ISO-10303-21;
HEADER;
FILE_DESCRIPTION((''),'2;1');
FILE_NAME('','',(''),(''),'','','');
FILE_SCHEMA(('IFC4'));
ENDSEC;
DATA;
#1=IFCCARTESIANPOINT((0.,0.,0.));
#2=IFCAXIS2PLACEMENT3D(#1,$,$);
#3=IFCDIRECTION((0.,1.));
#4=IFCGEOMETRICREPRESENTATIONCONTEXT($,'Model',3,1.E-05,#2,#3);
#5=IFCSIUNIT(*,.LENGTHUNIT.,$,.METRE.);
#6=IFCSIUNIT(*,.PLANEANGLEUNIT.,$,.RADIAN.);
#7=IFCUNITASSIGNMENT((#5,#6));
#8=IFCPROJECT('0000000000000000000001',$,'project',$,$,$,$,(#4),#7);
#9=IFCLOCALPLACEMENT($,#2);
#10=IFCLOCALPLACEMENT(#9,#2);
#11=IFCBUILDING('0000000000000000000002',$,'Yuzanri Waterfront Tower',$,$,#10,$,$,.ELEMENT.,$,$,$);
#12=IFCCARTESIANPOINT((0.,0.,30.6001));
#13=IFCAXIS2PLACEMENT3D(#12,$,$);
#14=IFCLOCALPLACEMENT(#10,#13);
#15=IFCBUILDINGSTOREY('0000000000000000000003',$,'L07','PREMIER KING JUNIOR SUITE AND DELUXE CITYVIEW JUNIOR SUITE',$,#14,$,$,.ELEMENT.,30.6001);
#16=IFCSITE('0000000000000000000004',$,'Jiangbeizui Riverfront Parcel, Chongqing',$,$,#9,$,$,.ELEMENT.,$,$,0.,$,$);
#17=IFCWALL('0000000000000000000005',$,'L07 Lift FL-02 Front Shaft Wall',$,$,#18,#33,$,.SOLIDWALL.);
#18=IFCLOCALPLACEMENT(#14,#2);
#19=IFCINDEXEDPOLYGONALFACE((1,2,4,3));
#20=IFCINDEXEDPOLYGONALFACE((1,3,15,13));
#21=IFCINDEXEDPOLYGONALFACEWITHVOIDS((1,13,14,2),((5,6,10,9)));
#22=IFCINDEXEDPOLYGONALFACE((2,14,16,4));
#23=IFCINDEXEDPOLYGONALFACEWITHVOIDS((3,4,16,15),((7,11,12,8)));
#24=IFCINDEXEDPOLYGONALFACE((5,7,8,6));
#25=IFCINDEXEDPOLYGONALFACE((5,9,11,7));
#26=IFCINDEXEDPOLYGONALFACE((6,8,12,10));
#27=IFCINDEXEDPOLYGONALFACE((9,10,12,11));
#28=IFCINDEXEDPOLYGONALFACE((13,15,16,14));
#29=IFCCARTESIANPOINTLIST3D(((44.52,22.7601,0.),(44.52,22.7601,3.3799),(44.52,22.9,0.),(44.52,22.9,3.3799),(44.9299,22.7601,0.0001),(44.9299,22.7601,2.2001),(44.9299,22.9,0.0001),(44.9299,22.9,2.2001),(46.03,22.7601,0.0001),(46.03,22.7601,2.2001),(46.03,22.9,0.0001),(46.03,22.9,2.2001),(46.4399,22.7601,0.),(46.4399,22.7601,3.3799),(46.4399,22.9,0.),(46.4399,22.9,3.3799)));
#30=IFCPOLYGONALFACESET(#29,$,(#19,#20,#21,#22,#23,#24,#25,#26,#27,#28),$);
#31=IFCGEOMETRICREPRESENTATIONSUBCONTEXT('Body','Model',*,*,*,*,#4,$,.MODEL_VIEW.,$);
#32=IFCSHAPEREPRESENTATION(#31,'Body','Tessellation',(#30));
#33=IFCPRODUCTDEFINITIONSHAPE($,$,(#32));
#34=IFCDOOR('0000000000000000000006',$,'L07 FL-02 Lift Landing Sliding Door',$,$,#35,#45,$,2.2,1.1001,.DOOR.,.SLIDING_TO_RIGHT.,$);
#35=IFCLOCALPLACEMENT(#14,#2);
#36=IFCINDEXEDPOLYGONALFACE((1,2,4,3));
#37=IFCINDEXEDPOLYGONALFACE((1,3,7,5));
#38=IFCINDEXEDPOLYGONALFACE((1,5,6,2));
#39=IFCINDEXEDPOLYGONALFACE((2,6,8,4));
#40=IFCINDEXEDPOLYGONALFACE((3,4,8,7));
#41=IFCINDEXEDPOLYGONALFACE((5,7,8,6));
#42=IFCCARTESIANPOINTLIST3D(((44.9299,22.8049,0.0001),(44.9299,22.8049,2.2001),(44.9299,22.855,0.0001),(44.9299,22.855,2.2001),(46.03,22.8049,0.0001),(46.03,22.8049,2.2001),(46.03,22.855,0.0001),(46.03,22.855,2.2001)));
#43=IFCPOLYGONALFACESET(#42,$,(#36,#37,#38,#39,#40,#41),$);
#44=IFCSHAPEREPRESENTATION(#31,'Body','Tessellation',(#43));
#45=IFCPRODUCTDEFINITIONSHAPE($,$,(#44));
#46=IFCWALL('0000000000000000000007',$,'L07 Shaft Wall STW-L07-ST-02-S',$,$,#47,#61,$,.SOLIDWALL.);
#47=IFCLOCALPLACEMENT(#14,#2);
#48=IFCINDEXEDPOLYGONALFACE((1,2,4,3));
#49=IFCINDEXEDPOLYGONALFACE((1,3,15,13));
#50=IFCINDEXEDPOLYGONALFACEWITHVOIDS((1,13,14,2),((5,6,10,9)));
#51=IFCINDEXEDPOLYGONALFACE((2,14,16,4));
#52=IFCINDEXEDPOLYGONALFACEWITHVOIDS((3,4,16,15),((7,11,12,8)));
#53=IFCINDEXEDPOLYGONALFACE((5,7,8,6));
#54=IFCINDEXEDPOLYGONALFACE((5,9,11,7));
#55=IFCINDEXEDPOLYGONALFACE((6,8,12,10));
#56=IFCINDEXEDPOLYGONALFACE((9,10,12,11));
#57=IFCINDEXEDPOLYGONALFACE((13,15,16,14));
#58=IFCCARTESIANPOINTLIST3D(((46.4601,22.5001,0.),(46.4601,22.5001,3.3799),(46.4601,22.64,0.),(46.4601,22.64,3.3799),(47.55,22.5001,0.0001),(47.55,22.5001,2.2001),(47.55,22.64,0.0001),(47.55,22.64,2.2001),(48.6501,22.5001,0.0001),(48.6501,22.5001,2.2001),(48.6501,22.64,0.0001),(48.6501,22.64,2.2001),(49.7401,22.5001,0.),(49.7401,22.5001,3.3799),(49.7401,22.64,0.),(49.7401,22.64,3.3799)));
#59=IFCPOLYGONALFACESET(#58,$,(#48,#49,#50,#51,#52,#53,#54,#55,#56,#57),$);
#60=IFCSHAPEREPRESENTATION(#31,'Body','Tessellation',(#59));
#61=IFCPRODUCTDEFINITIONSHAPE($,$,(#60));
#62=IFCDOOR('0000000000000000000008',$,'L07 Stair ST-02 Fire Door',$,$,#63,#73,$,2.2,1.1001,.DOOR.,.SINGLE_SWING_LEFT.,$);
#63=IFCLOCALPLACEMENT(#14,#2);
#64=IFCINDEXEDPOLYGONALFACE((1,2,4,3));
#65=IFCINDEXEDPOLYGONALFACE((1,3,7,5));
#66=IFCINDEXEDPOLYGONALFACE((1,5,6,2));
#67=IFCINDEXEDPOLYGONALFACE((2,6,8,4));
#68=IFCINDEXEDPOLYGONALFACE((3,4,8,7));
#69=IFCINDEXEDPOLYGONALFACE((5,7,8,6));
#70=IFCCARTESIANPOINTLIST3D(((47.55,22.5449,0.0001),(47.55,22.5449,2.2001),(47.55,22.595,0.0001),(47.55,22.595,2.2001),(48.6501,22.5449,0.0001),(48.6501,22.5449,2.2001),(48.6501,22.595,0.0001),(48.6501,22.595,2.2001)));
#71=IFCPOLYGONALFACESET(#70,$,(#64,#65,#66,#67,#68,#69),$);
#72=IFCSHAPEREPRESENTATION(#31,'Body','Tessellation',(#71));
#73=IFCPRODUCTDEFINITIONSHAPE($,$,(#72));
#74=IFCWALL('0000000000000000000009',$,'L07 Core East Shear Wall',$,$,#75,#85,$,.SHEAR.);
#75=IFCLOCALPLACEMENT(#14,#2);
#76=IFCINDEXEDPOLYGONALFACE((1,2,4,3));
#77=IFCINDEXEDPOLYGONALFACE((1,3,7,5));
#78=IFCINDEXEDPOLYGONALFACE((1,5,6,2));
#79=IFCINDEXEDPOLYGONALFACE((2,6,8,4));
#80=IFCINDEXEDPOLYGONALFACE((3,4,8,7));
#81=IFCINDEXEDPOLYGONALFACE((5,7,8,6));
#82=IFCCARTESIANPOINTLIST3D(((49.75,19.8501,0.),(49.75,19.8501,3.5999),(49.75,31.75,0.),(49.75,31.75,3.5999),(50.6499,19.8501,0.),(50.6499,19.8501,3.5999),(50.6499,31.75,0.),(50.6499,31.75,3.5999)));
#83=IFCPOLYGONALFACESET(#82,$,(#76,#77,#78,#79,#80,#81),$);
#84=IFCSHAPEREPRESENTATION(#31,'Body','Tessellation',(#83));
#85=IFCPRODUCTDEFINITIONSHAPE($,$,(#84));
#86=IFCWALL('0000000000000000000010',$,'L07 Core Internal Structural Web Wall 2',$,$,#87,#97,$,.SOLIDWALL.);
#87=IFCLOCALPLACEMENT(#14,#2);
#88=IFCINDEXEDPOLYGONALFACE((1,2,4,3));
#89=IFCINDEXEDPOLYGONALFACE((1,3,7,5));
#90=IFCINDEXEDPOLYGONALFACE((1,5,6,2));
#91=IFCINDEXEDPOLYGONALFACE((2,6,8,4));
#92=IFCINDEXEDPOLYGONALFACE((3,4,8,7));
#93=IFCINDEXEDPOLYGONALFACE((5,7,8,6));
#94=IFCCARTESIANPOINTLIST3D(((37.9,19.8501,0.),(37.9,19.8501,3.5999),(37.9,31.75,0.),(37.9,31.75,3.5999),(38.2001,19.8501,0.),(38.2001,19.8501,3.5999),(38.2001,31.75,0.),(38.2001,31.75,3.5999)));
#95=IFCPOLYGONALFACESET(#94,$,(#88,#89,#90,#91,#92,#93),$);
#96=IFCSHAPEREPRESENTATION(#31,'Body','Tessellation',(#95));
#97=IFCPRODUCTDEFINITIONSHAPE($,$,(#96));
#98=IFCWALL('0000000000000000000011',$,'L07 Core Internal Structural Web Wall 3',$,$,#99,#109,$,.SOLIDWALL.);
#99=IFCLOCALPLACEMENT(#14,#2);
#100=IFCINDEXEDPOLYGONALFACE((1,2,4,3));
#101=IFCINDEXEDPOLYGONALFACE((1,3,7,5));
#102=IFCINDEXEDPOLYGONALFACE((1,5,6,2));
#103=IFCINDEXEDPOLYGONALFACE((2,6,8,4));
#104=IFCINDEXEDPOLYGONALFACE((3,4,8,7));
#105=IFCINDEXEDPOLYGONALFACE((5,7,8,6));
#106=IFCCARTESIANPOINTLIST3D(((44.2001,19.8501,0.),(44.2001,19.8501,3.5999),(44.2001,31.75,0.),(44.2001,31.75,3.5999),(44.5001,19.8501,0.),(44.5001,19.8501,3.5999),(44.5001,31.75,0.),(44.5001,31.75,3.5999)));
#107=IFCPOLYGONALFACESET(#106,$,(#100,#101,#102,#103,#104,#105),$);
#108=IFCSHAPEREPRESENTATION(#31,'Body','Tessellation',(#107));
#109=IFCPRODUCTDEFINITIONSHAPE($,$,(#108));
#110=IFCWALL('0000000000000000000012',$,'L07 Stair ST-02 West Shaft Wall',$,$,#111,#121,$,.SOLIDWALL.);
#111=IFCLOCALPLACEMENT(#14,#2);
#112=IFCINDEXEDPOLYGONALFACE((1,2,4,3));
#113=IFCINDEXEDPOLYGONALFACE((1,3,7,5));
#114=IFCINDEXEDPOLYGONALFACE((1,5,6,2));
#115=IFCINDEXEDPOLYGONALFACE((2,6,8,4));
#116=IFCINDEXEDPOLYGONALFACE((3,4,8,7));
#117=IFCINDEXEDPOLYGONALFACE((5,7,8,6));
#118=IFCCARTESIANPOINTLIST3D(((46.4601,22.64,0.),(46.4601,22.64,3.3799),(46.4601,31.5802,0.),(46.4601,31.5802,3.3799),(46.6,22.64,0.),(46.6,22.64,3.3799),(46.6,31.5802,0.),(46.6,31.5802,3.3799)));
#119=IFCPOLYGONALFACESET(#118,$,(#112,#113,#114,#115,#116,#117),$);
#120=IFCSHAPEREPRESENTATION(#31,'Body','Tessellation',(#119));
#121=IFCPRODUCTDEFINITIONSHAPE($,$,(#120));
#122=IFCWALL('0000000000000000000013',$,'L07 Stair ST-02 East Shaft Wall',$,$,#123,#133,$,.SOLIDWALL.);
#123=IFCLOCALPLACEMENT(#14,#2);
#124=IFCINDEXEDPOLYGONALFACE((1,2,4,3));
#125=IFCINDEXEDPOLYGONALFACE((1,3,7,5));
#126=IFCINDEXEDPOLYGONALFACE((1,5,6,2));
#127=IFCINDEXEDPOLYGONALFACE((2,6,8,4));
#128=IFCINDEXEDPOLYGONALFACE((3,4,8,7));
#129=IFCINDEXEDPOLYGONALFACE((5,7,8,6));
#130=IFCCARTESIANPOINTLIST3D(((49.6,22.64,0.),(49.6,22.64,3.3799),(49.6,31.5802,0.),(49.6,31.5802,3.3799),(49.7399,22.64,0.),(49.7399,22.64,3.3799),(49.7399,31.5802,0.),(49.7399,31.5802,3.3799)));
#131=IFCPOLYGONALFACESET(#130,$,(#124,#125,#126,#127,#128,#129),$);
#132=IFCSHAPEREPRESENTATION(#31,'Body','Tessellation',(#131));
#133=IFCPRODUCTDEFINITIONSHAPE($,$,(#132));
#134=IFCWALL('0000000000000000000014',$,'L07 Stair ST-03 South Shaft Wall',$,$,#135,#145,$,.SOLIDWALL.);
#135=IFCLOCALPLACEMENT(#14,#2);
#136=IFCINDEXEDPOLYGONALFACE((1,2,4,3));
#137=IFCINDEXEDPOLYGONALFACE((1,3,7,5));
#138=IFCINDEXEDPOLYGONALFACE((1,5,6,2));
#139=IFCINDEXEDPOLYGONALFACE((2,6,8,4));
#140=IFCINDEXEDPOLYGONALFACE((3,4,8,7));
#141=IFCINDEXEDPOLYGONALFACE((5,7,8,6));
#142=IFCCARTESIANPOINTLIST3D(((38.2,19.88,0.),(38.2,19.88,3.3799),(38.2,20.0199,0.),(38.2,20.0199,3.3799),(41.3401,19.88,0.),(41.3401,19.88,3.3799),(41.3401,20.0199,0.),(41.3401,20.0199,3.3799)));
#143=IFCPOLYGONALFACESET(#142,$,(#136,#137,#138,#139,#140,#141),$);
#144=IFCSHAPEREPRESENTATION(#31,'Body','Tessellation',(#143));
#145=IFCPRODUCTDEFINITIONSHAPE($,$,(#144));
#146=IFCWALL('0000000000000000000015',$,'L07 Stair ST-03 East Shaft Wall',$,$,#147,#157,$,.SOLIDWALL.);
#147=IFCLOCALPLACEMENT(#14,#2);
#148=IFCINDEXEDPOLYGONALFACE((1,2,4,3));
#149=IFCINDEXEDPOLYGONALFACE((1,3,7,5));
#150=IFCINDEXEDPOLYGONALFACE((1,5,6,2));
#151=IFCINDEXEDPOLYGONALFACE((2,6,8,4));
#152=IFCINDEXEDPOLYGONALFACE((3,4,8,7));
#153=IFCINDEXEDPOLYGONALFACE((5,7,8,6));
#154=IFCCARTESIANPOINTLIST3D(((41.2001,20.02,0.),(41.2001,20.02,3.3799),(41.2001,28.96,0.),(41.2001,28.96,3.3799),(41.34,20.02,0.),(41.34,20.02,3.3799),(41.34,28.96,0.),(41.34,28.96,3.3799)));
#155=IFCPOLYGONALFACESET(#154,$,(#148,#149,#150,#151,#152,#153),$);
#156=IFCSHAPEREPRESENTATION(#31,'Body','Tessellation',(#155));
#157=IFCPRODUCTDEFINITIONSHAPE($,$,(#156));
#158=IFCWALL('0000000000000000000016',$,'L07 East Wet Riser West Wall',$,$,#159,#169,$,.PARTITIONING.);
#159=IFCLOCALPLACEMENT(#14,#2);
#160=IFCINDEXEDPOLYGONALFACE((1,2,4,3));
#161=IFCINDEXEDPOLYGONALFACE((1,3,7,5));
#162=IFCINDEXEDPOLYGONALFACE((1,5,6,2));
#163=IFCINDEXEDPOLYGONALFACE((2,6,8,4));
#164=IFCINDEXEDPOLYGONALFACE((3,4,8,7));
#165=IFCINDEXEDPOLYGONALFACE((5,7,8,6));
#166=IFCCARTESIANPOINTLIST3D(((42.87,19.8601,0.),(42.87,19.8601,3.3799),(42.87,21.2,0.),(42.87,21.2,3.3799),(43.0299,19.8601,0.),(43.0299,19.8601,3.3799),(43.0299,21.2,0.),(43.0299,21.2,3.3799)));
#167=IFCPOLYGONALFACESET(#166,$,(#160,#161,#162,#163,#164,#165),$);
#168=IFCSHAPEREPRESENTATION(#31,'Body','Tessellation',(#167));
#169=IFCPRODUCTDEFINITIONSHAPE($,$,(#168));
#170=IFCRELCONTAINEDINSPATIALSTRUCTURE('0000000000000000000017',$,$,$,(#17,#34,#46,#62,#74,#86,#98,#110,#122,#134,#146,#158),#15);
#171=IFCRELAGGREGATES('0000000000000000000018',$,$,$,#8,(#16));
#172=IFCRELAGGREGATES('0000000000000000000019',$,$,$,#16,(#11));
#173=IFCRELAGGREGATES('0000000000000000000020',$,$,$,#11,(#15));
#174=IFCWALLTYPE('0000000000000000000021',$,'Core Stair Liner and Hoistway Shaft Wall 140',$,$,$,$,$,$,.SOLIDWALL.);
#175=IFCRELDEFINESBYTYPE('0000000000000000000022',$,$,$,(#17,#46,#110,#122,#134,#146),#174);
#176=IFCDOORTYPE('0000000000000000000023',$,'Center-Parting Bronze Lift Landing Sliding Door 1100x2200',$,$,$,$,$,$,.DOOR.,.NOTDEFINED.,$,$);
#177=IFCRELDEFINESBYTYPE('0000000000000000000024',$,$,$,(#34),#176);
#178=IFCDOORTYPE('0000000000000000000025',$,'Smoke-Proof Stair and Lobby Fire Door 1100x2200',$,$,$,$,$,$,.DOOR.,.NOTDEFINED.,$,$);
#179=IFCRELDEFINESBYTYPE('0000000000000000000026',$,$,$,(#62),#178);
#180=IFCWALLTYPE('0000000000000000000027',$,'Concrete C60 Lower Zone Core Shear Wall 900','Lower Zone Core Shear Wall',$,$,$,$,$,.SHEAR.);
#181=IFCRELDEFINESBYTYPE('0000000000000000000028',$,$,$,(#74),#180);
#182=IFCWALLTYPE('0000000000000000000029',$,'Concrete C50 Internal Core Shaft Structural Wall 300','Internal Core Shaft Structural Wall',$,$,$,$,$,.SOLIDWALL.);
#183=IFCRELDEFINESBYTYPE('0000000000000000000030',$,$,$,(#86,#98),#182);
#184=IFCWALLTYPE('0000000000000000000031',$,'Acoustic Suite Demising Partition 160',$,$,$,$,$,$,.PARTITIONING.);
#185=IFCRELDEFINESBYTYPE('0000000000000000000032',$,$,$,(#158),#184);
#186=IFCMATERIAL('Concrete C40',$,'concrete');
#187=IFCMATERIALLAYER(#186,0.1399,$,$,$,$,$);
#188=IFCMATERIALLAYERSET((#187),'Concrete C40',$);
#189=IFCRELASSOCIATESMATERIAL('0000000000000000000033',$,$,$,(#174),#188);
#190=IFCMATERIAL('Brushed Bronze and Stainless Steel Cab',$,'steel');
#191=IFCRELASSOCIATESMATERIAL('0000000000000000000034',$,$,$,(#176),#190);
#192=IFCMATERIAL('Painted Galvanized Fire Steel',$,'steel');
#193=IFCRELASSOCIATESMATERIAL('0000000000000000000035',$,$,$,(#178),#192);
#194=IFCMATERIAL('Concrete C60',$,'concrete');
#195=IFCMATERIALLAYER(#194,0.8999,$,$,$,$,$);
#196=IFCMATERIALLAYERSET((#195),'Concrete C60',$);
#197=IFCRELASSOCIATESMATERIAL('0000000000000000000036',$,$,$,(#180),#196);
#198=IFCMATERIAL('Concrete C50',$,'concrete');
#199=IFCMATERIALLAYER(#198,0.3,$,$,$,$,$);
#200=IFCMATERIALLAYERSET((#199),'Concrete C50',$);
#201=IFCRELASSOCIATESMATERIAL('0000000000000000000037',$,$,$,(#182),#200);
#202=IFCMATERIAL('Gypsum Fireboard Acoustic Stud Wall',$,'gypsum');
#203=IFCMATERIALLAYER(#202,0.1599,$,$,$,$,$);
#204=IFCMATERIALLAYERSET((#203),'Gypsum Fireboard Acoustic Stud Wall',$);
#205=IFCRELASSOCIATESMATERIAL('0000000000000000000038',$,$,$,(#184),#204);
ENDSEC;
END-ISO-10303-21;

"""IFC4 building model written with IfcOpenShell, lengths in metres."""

from ifc_helpers import new_model, si_unit, direction, frame, frame_2d, origin, place, context, subcontext, project, spatial, rectangle, extrude, source, transform, mapped, material, layer, layer_set, type_object, element, fill, save


model = new_model("IFC4")

# Units and contexts
model_context = context("Model", 3, precision=1e-05, world=origin(), true_north=direction((0.0, 1.0)))
body_context = subcontext(model_context, "Body", "Model", "MODEL_VIEW")
ifc_project = project(units=[si_unit("LENGTHUNIT", "METRE"), si_unit("PLANEANGLEUNIT", "RADIAN")], contexts=[model_context])

# Site, building, storey
site_placement = place(None, origin())
site = spatial("IfcSite", under=ifc_project, at=site_placement, Name="Jiangbeizui Riverfront Parcel, Chongqing", CompositionType="ELEMENT", RefElevation=0.0)
building_placement = place(site_placement, origin())
building = spatial("IfcBuilding", under=site, at=building_placement, Name="Yuzanri Waterfront Tower", CompositionType="ELEMENT")
storey_placement = place(building_placement, frame((0.0, 0.0, 30.6001)))
storey = spatial("IfcBuildingStorey", under=building, at=storey_placement, Name="L07", Description="PREMIER KING JUNIOR SUITE AND DELUXE CITYVIEW JUNIOR SUITE", CompositionType="ELEMENT", Elevation=30.6001)

# Walls, openings, doors
ifc_material_1 = material(Name="Concrete C40", Category="concrete")
ifc_layer_1 = layer(ifc_material_1, 0.1399)
ifc_layer_set_1 = layer_set([ifc_layer_1], Name="Concrete C40")
wall_type_1 = type_object("IfcWallType", Name="Core Stair Liner and Hoistway Shaft Wall 140", PredefinedType="SOLIDWALL", material=ifc_layer_set_1)
wall_1_placement = place(storey_placement, frame((44.52, 22.8301, 0.0), z_axis=(0.0, 0.0, 1.0), x_axis=(1.0, 0.0, 0.0)))
wall_1 = element("IfcWall", 1, at=wall_1_placement, inside=storey, type_object=wall_type_1, Name="L07 Lift FL-02 Front Shaft Wall", PredefinedType="SOLIDWALL", context=body_context, shape_type="SweptSolid", body=[
    extrude(rectangle(XDim=1.9199, YDim=0.1399, at=frame_2d((0.96, 0.0))), origin(), (0.0, 0.0, 1.0), 3.3799),
])
opening_1_placement = place(wall_1_placement, frame((0.4099, 0.0, 0.0)))
opening_1 = element("IfcOpeningElement", 2, at=opening_1_placement, cuts=wall_1, PredefinedType="OPENING", context=body_context, shape_type="SweptSolid", body=[
    extrude(rectangle(XDim=1.1001, YDim=2.2, at=frame_2d((0.55, 1.1001))), frame((0.0, 0.085, 0.0), z_axis=(0.0, -1.0, 0.0), x_axis=(1.0, 0.0, 0.0)), (0.0, 0.0, 1.0), 0.1697),
])
ifc_material_2 = material(Name="Brushed Bronze and Stainless Steel Cab", Category="steel")
door_type_1 = type_object("IfcDoorType", Name="Center-Parting Bronze Lift Landing Sliding Door 1100x2200", OperationType="NOTDEFINED", PredefinedType="DOOR", material=ifc_material_2)
shared_shape_1 = source(origin(), body_context, "Body", "SweptSolid", [
    extrude(rectangle(XDim=1.1001, YDim=2.2, at=frame_2d((0.55, 1.1001))), frame((0.0, 0.0249, 0.0), z_axis=(0.0, -1.0, 0.0), x_axis=(1.0, 0.0, 0.0)), (0.0, 0.0, 1.0), 0.05),
])
door_1_placement = place(opening_1_placement, origin())
door_1 = element("IfcDoor", 3, at=door_1_placement, inside=storey, type_object=door_type_1, Name="L07 FL-02 Lift Landing Sliding Door", OperationType="SLIDING_TO_RIGHT", OverallHeight=2.2, OverallWidth=1.1001, PredefinedType="DOOR", context=body_context, shape_type="MappedRepresentation", body=[
    mapped(shared_shape_1, transform((0.0, 0.0, 0.0), scale=1.0)),
])
fill(opening_1, door_1)
wall_2_placement = place(storey_placement, frame((46.46, 22.5701, 0.0), z_axis=(0.0, 0.0, 1.0), x_axis=(1.0, 0.0, 0.0)))
wall_2 = element("IfcWall", 4, at=wall_2_placement, inside=storey, type_object=wall_type_1, Name="L07 Shaft Wall STW-L07-ST-02-S", PredefinedType="SOLIDWALL", context=body_context, shape_type="SweptSolid", body=[
    extrude(rectangle(XDim=3.28, YDim=0.1399, at=frame_2d((1.6401, 0.0))), origin(), (0.0, 0.0, 1.0), 3.3799),
])
opening_2_placement = place(wall_2_placement, frame((1.0901, 0.0, 0.0)))
opening_2 = element("IfcOpeningElement", 5, at=opening_2_placement, cuts=wall_2, PredefinedType="OPENING", context=body_context, shape_type="SweptSolid", body=[
    extrude(rectangle(XDim=1.1001, YDim=2.2, at=frame_2d((0.55, 1.1001))), frame((0.0, 0.085, 0.0), z_axis=(0.0, -1.0, 0.0), x_axis=(1.0, 0.0, 0.0)), (0.0, 0.0, 1.0), 0.1697),
])
ifc_material_3 = material(Name="Painted Galvanized Fire Steel", Category="steel")
door_type_2 = type_object("IfcDoorType", Name="Smoke-Proof Stair and Lobby Fire Door 1100x2200", OperationType="NOTDEFINED", PredefinedType="DOOR", material=ifc_material_3)
shared_shape_2 = source(origin(), body_context, "Body", "SweptSolid", [
    extrude(rectangle(XDim=1.1001, YDim=2.2, at=frame_2d((0.55, 1.1001))), frame((0.0, 0.0249, 0.0), z_axis=(0.0, -1.0, 0.0), x_axis=(1.0, 0.0, 0.0)), (0.0, 0.0, 1.0), 0.05),
])
door_2_placement = place(opening_2_placement, origin())
door_2 = element("IfcDoor", 6, at=door_2_placement, inside=storey, type_object=door_type_2, Name="L07 Stair ST-02 Fire Door", OperationType="SINGLE_SWING_LEFT", OverallHeight=2.2, OverallWidth=1.1001, PredefinedType="DOOR", context=body_context, shape_type="MappedRepresentation", body=[
    mapped(shared_shape_2, transform((0.0, 0.0, 0.0), scale=1.0)),
])
fill(opening_2, door_2)

# Walls
ifc_material_4 = material(Name="Concrete C60", Category="concrete")
ifc_layer_2 = layer(ifc_material_4, 0.8999)
ifc_layer_set_2 = layer_set([ifc_layer_2], Name="Concrete C60")
wall_type_2 = type_object("IfcWallType", Name="Concrete C60 Lower Zone Core Shear Wall 900", Description="Lower Zone Core Shear Wall", PredefinedType="SHEAR", material=ifc_layer_set_2)
shared_shape_3 = source(origin(), body_context, "Body", "SweptSolid", [
    extrude(rectangle(XDim=11.8999, YDim=0.8999, at=frame_2d((5.95, 0.0))), origin(), (0.0, 0.0, 1.0), 3.5999),
])
wall_3_placement = place(storey_placement, frame((50.2, 19.8501, 0.0), z_axis=(0.0, 0.0, 1.0), x_axis=(0.0, 1.0, 0.0)))
element("IfcWall", 7, at=wall_3_placement, inside=storey, type_object=wall_type_2, Name="L07 Core East Shear Wall", PredefinedType="SHEAR", context=body_context, shape_type="MappedRepresentation", body=[
    mapped(shared_shape_3, transform((0.0, 0.0, 0.0), scale=1.0)),
])
ifc_material_5 = material(Name="Concrete C50", Category="concrete")
ifc_layer_3 = layer(ifc_material_5, 0.3)
ifc_layer_set_3 = layer_set([ifc_layer_3], Name="Concrete C50")
wall_type_3 = type_object("IfcWallType", Name="Concrete C50 Internal Core Shaft Structural Wall 300", Description="Internal Core Shaft Structural Wall", PredefinedType="SOLIDWALL", material=ifc_layer_set_3)
shared_shape_4 = source(origin(), body_context, "Body", "SweptSolid", [
    extrude(rectangle(XDim=11.8999, YDim=0.3, at=frame_2d((5.95, 0.0))), origin(), (0.0, 0.0, 1.0), 3.5999),
])
for number, where, z_axis, x_axis, name in (
    (8, (38.05, 19.8501, 0.0), (0.0, 0.0, 1.0), (0.0, 1.0, 0.0), "L07 Core Internal Structural Web Wall 2"),
    (9, (44.3501, 19.8501, 0.0), (0.0, 0.0, 1.0), (0.0, 1.0, 0.0), "L07 Core Internal Structural Web Wall 3"),
):
    element("IfcWall", number, at=place(storey_placement, frame(where, z_axis=z_axis, x_axis=x_axis)), inside=storey, type_object=wall_type_3, Name=name, PredefinedType="SOLIDWALL", context=body_context, shape_type="MappedRepresentation", body=[
        mapped(shared_shape_4, transform((0.0, 0.0, 0.0), scale=1.0)),
    ])
shared_shape_5 = source(origin(), body_context, "Body", "SweptSolid", [
    extrude(rectangle(XDim=8.9402, YDim=0.1399, at=frame_2d((4.4702, 0.0))), origin(), (0.0, 0.0, 1.0), 3.3799),
])
for number, where, z_axis, x_axis, name in (
    (10, (46.53, 22.6399, 0.0), (0.0, 0.0, 1.0), (0.0, 1.0, 0.0), "L07 Stair ST-02 West Shaft Wall"),
    (11, (49.6699, 22.6399, 0.0), (0.0, 0.0, 1.0), (0.0, 1.0, 0.0), "L07 Stair ST-02 East Shaft Wall"),
):
    element("IfcWall", number, at=place(storey_placement, frame(where, z_axis=z_axis, x_axis=x_axis)), inside=storey, type_object=wall_type_1, Name=name, PredefinedType="SOLIDWALL", context=body_context, shape_type="MappedRepresentation", body=[
        mapped(shared_shape_5, transform((0.0, 0.0, 0.0), scale=1.0)),
    ])
shared_shape_6 = source(origin(), body_context, "Body", "SweptSolid", [
    extrude(rectangle(XDim=3.1401, YDim=0.1399, at=frame_2d((1.5701, 0.0))), origin(), (0.0, 0.0, 1.0), 3.3799),
])
wall_4_placement = place(storey_placement, frame((38.2, 19.95, 0.0), z_axis=(0.0, 0.0, 1.0), x_axis=(1.0, 0.0, 0.0)))
element("IfcWall", 12, at=wall_4_placement, inside=storey, type_object=wall_type_1, Name="L07 Stair ST-03 South Shaft Wall", PredefinedType="SOLIDWALL", context=body_context, shape_type="MappedRepresentation", body=[
    mapped(shared_shape_6, transform((0.0, 0.0, 0.0), scale=1.0)),
])
shared_shape_7 = source(origin(), body_context, "Body", "SweptSolid", [
    extrude(rectangle(XDim=8.9399, YDim=0.1399, at=frame_2d((4.47, 0.0))), origin(), (0.0, 0.0, 1.0), 3.3799),
])
wall_5_placement = place(storey_placement, frame((41.27, 20.02, 0.0), z_axis=(0.0, 0.0, 1.0), x_axis=(0.0, 1.0, 0.0)))
element("IfcWall", 13, at=wall_5_placement, inside=storey, type_object=wall_type_1, Name="L07 Stair ST-03 East Shaft Wall", PredefinedType="SOLIDWALL", context=body_context, shape_type="MappedRepresentation", body=[
    mapped(shared_shape_7, transform((0.0, 0.0, 0.0), scale=1.0)),
])
ifc_material_6 = material(Name="Gypsum Fireboard Acoustic Stud Wall", Category="gypsum")
ifc_layer_4 = layer(ifc_material_6, 0.1599)
ifc_layer_set_4 = layer_set([ifc_layer_4], Name="Gypsum Fireboard Acoustic Stud Wall")
wall_type_4 = type_object("IfcWallType", Name="Acoustic Suite Demising Partition 160", PredefinedType="PARTITIONING", material=ifc_layer_set_4)
shared_shape_8 = source(origin(), body_context, "Body", "SweptSolid", [
    extrude(rectangle(XDim=1.3398, YDim=0.1599, at=frame_2d((0.6699, 0.0))), origin(), (0.0, 0.0, 1.0), 3.3799),
])
wall_6_placement = place(storey_placement, frame((42.95, 19.8601, 0.0), z_axis=(0.0, 0.0, 1.0), x_axis=(0.0, 1.0, 0.0)))
element("IfcWall", 14, at=wall_6_placement, inside=storey, type_object=wall_type_4, Name="L07 East Wet Riser West Wall", PredefinedType="PARTITIONING", context=body_context, shape_type="MappedRepresentation", body=[
    mapped(shared_shape_8, transform((0.0, 0.0, 0.0), scale=1.0)),
])

save(model, "model.ifc")
